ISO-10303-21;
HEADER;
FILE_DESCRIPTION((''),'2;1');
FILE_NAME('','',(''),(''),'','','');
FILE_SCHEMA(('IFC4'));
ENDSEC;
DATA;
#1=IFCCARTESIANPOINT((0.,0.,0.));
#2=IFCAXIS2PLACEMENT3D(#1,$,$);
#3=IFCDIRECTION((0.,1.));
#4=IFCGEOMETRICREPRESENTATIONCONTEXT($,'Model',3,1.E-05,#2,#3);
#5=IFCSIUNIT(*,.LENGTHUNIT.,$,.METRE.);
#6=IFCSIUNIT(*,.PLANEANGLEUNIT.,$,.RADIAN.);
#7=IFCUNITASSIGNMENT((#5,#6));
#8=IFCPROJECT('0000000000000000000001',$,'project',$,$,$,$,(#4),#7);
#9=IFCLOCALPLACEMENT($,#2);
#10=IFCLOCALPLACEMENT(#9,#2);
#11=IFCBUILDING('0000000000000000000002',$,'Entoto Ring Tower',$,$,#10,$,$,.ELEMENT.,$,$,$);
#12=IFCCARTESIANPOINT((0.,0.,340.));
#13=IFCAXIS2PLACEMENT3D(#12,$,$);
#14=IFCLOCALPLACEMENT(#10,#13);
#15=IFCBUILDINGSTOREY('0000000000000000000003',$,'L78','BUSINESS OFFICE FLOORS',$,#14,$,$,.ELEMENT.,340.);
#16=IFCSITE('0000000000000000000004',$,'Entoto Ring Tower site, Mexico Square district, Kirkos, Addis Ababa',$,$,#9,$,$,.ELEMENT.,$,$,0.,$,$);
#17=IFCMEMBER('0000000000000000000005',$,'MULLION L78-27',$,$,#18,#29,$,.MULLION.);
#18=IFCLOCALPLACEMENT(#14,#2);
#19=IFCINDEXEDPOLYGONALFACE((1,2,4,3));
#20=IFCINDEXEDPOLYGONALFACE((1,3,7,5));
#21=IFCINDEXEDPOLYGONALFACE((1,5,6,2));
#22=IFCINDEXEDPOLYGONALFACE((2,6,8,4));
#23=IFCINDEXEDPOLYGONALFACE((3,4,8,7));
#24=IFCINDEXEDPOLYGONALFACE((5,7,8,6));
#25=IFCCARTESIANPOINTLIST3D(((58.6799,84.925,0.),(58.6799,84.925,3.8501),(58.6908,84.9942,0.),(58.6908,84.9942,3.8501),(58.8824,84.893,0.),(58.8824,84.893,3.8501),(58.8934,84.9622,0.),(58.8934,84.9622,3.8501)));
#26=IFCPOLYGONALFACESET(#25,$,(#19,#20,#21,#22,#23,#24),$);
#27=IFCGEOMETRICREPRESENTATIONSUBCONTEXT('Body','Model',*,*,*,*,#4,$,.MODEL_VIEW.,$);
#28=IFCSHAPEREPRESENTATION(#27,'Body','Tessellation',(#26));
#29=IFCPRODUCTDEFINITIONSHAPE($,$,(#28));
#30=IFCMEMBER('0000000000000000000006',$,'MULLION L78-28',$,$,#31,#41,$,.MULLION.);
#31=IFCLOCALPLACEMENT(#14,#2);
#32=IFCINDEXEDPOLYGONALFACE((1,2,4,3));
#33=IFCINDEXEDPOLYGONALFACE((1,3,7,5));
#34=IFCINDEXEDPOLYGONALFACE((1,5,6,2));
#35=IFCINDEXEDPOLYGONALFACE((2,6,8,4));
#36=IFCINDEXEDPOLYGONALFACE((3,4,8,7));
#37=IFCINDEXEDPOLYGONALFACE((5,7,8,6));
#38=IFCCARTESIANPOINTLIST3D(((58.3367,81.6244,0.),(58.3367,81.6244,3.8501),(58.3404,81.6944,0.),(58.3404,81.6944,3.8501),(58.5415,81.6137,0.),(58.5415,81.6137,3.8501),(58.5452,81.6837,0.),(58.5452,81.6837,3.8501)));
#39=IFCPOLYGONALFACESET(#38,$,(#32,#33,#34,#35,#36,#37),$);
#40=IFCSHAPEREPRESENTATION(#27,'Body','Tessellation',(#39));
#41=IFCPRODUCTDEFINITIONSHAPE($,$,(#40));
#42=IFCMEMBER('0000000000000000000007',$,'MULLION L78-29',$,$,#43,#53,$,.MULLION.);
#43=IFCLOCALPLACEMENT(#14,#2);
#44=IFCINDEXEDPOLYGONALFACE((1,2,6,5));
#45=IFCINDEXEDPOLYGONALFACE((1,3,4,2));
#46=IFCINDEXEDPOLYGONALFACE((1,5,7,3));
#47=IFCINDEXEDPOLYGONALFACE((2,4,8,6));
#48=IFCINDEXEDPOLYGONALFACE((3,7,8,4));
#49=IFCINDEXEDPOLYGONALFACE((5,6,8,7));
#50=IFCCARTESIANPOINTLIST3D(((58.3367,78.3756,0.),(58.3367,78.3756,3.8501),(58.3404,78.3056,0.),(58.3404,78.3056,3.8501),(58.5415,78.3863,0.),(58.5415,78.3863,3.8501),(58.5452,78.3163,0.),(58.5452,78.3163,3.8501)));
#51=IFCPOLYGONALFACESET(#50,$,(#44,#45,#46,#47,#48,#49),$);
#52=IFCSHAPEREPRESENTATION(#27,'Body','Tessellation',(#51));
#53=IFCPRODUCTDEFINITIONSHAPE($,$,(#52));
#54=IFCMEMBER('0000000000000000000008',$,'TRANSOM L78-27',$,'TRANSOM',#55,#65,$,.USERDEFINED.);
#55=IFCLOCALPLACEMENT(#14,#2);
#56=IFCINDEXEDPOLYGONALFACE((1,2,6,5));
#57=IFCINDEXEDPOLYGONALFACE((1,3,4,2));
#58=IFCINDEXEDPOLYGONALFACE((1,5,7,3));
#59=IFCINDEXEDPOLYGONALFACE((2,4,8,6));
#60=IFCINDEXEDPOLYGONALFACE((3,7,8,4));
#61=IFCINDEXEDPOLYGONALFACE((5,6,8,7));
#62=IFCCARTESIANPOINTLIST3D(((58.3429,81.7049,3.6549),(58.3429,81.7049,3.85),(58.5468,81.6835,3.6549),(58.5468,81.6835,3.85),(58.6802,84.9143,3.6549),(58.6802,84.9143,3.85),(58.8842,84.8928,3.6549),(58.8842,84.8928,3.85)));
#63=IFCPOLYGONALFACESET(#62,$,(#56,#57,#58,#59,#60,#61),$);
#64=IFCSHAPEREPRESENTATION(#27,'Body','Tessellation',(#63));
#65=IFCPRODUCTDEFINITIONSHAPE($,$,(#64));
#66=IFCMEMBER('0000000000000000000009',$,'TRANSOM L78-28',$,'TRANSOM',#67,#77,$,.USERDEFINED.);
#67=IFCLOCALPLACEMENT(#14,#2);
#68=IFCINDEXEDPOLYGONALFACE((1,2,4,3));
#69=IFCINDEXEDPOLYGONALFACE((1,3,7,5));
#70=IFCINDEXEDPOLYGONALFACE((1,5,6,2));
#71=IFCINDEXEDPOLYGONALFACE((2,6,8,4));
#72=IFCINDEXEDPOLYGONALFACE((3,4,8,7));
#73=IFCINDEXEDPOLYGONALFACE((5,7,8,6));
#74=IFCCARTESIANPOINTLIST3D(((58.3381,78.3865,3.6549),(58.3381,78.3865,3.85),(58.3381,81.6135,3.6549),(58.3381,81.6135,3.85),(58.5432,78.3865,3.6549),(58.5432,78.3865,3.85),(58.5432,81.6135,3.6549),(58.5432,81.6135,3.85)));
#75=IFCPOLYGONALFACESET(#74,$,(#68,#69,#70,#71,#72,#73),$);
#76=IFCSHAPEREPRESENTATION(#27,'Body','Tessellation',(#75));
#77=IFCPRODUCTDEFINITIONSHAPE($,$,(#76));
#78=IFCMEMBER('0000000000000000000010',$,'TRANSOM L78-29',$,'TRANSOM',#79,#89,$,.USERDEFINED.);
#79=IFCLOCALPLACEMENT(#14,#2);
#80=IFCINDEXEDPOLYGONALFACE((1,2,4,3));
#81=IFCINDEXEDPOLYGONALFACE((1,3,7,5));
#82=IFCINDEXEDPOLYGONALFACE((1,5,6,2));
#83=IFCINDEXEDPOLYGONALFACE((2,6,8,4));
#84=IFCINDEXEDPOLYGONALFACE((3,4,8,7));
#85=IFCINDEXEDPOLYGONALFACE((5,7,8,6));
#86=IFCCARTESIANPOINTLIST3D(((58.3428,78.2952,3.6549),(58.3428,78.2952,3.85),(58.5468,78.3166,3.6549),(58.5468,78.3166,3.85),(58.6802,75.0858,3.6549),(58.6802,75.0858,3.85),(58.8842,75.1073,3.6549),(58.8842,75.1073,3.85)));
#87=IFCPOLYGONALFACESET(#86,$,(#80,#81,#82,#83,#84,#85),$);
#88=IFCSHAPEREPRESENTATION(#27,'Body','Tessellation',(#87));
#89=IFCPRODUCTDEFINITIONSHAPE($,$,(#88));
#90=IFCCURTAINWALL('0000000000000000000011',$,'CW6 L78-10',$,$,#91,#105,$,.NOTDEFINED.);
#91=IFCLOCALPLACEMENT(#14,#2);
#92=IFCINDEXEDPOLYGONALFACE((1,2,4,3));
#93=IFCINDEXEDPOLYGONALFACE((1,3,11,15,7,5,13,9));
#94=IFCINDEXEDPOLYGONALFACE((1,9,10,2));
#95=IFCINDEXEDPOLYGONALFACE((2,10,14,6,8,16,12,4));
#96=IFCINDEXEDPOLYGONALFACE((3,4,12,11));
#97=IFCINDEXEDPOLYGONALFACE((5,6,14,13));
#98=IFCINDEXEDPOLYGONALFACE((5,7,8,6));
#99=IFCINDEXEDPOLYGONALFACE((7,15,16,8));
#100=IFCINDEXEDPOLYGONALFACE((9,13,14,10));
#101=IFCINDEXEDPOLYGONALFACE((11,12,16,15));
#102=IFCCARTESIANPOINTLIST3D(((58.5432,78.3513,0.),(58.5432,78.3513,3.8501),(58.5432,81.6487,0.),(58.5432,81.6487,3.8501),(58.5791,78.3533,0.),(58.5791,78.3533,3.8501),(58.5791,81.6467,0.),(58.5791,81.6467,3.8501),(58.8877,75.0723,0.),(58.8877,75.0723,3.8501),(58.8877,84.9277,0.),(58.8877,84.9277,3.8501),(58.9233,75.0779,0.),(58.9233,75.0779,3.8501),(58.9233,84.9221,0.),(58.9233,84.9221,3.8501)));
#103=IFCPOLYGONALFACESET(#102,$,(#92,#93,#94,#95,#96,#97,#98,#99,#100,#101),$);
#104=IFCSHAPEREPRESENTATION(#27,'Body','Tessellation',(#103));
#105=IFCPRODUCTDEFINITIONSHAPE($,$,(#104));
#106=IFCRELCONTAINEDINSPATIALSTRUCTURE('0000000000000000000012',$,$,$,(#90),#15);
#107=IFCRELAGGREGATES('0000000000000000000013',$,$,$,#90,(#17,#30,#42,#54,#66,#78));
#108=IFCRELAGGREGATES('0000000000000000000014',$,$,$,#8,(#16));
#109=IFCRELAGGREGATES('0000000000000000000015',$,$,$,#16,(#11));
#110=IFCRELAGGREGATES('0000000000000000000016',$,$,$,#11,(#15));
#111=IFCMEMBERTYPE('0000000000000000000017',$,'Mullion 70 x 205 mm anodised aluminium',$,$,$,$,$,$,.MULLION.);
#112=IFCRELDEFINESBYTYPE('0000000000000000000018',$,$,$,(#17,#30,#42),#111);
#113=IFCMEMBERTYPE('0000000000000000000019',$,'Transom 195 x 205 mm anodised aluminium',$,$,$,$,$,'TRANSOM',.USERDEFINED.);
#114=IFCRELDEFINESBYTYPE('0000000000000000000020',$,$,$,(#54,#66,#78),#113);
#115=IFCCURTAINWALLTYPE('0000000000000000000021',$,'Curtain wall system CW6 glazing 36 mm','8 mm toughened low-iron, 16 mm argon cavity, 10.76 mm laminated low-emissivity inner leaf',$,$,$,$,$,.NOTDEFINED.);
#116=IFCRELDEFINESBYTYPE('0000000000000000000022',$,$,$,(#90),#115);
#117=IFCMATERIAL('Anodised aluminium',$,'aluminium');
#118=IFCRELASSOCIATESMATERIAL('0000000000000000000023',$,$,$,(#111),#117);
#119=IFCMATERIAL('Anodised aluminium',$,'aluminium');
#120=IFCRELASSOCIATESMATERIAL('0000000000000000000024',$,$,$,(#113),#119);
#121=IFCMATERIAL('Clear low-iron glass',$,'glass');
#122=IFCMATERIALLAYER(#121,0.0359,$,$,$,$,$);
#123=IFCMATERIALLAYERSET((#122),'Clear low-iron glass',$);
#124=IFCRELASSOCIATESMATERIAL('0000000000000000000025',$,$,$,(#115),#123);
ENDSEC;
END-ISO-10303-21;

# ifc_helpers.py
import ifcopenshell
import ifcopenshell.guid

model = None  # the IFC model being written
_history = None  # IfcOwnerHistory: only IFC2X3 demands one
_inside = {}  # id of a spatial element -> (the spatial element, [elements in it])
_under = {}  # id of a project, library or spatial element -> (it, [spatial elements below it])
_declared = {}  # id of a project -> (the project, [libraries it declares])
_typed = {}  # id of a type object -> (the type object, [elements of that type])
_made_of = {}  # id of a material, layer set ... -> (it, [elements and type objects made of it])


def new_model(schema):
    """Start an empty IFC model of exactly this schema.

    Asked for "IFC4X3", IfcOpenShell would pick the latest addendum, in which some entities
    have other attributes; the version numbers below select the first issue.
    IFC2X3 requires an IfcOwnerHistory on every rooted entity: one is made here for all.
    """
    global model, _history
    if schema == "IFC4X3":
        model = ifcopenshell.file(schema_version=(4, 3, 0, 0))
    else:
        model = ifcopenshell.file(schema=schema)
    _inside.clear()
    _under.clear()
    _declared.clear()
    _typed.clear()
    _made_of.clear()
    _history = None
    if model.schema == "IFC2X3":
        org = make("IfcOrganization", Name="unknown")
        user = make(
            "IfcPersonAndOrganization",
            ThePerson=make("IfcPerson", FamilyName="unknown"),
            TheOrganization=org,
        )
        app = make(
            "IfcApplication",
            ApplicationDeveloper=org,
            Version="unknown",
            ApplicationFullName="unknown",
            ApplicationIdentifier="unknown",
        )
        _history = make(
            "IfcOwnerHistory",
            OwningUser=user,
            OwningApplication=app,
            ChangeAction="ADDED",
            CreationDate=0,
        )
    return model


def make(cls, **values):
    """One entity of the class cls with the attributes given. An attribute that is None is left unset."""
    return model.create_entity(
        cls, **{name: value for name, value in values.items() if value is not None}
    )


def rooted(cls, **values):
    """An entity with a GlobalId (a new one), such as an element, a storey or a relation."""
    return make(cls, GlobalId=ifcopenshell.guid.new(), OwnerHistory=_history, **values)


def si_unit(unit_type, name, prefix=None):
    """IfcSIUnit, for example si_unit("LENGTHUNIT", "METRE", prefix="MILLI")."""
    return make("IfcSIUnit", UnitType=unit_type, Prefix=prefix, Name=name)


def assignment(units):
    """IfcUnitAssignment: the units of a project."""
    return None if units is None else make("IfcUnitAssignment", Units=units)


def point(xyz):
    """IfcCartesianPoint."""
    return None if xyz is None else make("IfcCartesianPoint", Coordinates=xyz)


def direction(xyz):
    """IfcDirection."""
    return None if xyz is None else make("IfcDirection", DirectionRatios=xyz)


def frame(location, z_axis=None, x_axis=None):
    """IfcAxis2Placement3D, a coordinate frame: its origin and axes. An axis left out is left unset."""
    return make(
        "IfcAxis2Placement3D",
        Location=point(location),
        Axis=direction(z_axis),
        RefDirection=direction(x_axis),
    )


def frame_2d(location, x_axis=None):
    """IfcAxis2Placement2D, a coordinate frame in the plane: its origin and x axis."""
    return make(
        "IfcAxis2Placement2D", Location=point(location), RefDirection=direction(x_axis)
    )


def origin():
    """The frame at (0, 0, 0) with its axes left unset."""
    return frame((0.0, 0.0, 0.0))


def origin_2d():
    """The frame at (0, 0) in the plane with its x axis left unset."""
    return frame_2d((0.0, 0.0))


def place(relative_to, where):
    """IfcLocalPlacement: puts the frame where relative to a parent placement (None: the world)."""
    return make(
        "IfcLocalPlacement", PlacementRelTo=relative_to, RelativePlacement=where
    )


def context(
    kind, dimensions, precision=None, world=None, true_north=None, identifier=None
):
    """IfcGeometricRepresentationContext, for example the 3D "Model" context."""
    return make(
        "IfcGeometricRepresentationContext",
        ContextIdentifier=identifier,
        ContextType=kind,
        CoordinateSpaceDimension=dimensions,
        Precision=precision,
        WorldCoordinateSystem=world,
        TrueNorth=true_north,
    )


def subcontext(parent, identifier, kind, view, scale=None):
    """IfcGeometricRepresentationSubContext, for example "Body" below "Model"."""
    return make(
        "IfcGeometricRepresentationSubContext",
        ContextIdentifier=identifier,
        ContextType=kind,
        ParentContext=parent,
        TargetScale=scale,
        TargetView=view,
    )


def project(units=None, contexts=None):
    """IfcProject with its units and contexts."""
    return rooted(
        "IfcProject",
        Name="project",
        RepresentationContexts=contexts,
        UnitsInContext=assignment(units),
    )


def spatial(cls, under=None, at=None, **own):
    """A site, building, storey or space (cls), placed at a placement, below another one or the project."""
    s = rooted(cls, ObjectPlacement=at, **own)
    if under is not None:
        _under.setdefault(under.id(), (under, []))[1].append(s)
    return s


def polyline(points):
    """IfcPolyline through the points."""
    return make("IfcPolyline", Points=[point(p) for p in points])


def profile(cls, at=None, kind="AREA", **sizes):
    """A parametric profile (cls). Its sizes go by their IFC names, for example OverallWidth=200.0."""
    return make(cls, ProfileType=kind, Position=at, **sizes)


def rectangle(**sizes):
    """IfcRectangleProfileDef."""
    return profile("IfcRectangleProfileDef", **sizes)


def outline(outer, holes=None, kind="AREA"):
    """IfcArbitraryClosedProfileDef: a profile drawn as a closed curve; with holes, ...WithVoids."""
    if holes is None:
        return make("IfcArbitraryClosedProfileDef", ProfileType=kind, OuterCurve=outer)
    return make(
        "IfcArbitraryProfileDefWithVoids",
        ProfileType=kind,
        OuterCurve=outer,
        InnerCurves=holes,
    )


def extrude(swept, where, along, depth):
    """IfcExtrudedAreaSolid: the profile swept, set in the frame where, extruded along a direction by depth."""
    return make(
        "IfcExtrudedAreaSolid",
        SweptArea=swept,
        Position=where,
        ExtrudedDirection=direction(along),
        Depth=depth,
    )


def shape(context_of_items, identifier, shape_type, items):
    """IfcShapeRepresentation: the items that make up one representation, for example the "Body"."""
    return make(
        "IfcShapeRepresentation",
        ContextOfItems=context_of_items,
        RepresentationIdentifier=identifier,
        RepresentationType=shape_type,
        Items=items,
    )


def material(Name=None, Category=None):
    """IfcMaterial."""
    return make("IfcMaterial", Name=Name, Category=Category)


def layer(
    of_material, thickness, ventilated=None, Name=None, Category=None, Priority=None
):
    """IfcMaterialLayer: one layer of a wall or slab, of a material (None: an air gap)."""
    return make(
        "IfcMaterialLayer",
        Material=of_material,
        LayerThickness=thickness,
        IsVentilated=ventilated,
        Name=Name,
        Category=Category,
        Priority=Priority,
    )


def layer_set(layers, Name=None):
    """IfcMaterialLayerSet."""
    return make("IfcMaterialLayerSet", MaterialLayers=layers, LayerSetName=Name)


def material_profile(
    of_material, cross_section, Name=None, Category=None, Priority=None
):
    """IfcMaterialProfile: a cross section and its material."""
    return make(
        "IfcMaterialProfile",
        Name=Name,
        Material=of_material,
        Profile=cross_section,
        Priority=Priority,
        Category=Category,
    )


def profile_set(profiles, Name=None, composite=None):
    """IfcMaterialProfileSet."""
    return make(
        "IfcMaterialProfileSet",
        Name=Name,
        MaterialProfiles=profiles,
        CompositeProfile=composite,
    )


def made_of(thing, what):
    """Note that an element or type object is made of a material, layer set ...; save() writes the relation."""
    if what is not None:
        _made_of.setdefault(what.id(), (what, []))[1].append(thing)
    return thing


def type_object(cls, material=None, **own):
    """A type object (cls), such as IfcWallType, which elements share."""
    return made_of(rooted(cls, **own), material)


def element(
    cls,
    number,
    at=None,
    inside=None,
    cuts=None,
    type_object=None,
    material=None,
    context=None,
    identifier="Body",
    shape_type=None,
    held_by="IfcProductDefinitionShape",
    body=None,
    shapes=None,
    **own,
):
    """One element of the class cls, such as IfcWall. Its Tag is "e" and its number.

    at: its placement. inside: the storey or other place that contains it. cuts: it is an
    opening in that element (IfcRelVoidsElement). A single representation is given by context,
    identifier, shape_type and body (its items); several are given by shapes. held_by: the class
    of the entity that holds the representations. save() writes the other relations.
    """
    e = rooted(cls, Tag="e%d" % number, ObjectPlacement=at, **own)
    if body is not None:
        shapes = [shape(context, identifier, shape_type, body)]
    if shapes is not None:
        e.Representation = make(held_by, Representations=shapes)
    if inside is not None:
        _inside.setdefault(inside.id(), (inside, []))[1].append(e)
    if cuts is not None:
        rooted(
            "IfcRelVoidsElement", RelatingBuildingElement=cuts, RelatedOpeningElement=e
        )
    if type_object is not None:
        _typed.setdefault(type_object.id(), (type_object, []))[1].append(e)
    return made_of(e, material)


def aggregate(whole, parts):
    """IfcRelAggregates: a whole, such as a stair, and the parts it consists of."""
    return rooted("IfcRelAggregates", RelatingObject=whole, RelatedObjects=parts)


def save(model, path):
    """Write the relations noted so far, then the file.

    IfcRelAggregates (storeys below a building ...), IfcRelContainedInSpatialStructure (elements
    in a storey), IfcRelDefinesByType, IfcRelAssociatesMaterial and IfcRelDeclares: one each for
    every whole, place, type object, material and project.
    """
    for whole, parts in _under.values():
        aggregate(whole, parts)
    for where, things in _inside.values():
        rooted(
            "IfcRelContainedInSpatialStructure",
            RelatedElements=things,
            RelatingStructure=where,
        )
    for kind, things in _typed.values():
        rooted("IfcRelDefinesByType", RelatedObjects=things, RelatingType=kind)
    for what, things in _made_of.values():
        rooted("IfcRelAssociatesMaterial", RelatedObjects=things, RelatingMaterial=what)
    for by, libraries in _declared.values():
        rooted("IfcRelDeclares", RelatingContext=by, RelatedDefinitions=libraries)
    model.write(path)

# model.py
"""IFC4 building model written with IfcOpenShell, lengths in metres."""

from ifc_helpers import new_model, si_unit, direction, frame, origin, origin_2d, place, context, subcontext, project, spatial, polyline, rectangle, outline, extrude, material, layer, layer_set, material_profile, profile_set, type_object, element, aggregate, save


model = new_model("IFC4")

# Units and contexts
model_context = context("Model", 3, precision=1e-05, world=origin(), true_north=direction((0.0, 1.0)))
body_context = subcontext(model_context, "Body", "Model", "MODEL_VIEW")
ifc_project = project(units=[si_unit("LENGTHUNIT", "METRE"), si_unit("PLANEANGLEUNIT", "RADIAN")], contexts=[model_context])

# Members
ifc_material_1 = material(Name="Anodised aluminium", Category="aluminium")
ifc_material_profile_1 = material_profile(ifc_material_1, rectangle(XDim=0.0701, YDim=0.2051, at=origin_2d()), Name="Mullion 70 x 205 mm anodised aluminium")
ifc_profile_set_1 = profile_set([ifc_material_profile_1], Name="Anodised aluminium")
member_type_1 = type_object("IfcMemberType", Name="Mullion 70 x 205 mm anodised aluminium", PredefinedType="MULLION", material=ifc_profile_set_1)
site_placement = place(None, origin())
building_placement = place(site_placement, origin())
storey_placement = place(building_placement, frame((0.0, 0.0, 340.0)))
member_1_placement = place(storey_placement, frame((58.7866, 84.9436, 0.0), z_axis=(0.0, 0.0, 1.0), x_axis=(-0.156434, -0.987688, 0.0)))
member_1 = element("IfcMember", 1, at=member_1_placement, type_object=member_type_1, Name="MULLION L78-27", PredefinedType="MULLION", context=body_context, shape_type="SweptSolid", body=[
    extrude(rectangle(XDim=0.0701, YDim=0.2051, at=origin_2d()), origin(), (0.0, 0.0, 1.0), 3.8501),
])
member_2_placement = place(storey_placement, frame((58.4409, 81.6541, 0.0), z_axis=(0.0, 0.0, 1.0), x_axis=(-0.052336, -0.99863, 0.0)))
member_2 = element("IfcMember", 2, at=member_2_placement, type_object=member_type_1, Name="MULLION L78-28", PredefinedType="MULLION", context=body_context, shape_type="SweptSolid", body=[
    extrude(rectangle(XDim=0.0701, YDim=0.2051, at=origin_2d()), origin(), (0.0, 0.0, 1.0), 3.8501),
])
member_3_placement = place(storey_placement, frame((58.4409, 78.3459, 0.0), z_axis=(0.0, 0.0, 1.0), x_axis=(0.052336, -0.99863, 0.0)))
member_3 = element("IfcMember", 3, at=member_3_placement, type_object=member_type_1, Name="MULLION L78-29", PredefinedType="MULLION", context=body_context, shape_type="SweptSolid", body=[
    extrude(rectangle(XDim=0.0701, YDim=0.2051, at=origin_2d()), origin(), (0.0, 0.0, 1.0), 3.8501),
])
ifc_material_2 = material(Name="Anodised aluminium", Category="aluminium")
ifc_material_profile_2 = material_profile(ifc_material_2, rectangle(XDim=0.2051, YDim=0.1951, at=origin_2d()), Name="Transom 195 x 205 mm anodised aluminium")
ifc_profile_set_2 = profile_set([ifc_material_profile_2], Name="Anodised aluminium")
member_type_2 = type_object("IfcMemberType", Name="Transom 195 x 205 mm anodised aluminium", ElementType="TRANSOM", PredefinedType="USERDEFINED", material=ifc_profile_set_2)
member_4_placement = place(storey_placement, frame((58.7822, 84.9036, 3.7524), z_axis=(-0.104551, -0.99452, 0.0), x_axis=(0.99452, -0.104551, 0.0)))
member_4 = element("IfcMember", 4, at=member_4_placement, type_object=member_type_2, Name="TRANSOM L78-27", ObjectType="TRANSOM", PredefinedType="USERDEFINED", context=body_context, shape_type="SweptSolid", body=[
    extrude(rectangle(XDim=0.2051, YDim=0.1951, at=origin_2d()), origin(), (0.0, 0.0, 1.0), 3.2271),
])
member_5_placement = place(storey_placement, frame((58.4407, 81.6135, 3.7524), z_axis=(0.0, -1.0, 0.0), x_axis=(1.0, 0.0, 0.0)))
member_5 = element("IfcMember", 5, at=member_5_placement, type_object=member_type_2, Name="TRANSOM L78-28", ObjectType="TRANSOM", PredefinedType="USERDEFINED", context=body_context, shape_type="SweptSolid", body=[
    extrude(rectangle(XDim=0.2051, YDim=0.1951, at=origin_2d()), origin(), (0.0, 0.0, 1.0), 3.2271),
])
member_6_placement = place(storey_placement, frame((58.4448, 78.3059, 3.7524), z_axis=(0.104551, -0.99452, 0.0), x_axis=(0.99452, 0.104551, 0.0)))
member_6 = element("IfcMember", 6, at=member_6_placement, type_object=member_type_2, Name="TRANSOM L78-29", ObjectType="TRANSOM", PredefinedType="USERDEFINED", context=body_context, shape_type="SweptSolid", body=[
    extrude(rectangle(XDim=0.2051, YDim=0.1951, at=origin_2d()), origin(), (0.0, 0.0, 1.0), 3.2271),
])

# Site, building, storey
site = spatial("IfcSite", under=ifc_project, at=site_placement, Name="Entoto Ring Tower site, Mexico Square district, Kirkos, Addis Ababa", CompositionType="ELEMENT", RefElevation=0.0)
building = spatial("IfcBuilding", under=site, at=building_placement, Name="Entoto Ring Tower", CompositionType="ELEMENT")
storey = spatial("IfcBuildingStorey", under=building, at=storey_placement, Name="L78", Description="BUSINESS OFFICE FLOORS", CompositionType="ELEMENT", Elevation=340.0)

# Curtain wall
ifc_material_3 = material(Name="Clear low-iron glass", Category="glass")
ifc_layer = layer(ifc_material_3, 0.0359)
ifc_layer_set = layer_set([ifc_layer], Name="Clear low-iron glass")
curtain_wall_type = type_object("IfcCurtainWallType", Name="Curtain wall system CW6 glazing 36 mm", Description="8 mm toughened low-iron, 16 mm argon cavity, 10.76 mm laminated low-emissivity inner leaf", PredefinedType="NOTDEFINED", material=ifc_layer_set)
curtain_wall_1_placement = place(storey_placement, origin())
curtain_wall_1 = element("IfcCurtainWall", 7, at=curtain_wall_1_placement, inside=storey, type_object=curtain_wall_type, Name="CW6 L78-10", PredefinedType="NOTDEFINED", context=body_context, shape_type="SweptSolid", body=[
    extrude(outline(polyline([(58.8877, 84.9277), (58.5432, 81.6487), (58.5432, 78.3513), (58.8877, 75.0723), (58.9233, 75.0779), (58.5791, 78.3533), (58.5791, 81.6467), (58.9233, 84.9221), (58.8877, 84.9277)])), origin(), (0.0, 0.0, 1.0), 3.8501),
])
aggregate(curtain_wall_1, [member_1, member_2, member_3, member_4, member_5, member_6])

save(model, "model.ifc")
